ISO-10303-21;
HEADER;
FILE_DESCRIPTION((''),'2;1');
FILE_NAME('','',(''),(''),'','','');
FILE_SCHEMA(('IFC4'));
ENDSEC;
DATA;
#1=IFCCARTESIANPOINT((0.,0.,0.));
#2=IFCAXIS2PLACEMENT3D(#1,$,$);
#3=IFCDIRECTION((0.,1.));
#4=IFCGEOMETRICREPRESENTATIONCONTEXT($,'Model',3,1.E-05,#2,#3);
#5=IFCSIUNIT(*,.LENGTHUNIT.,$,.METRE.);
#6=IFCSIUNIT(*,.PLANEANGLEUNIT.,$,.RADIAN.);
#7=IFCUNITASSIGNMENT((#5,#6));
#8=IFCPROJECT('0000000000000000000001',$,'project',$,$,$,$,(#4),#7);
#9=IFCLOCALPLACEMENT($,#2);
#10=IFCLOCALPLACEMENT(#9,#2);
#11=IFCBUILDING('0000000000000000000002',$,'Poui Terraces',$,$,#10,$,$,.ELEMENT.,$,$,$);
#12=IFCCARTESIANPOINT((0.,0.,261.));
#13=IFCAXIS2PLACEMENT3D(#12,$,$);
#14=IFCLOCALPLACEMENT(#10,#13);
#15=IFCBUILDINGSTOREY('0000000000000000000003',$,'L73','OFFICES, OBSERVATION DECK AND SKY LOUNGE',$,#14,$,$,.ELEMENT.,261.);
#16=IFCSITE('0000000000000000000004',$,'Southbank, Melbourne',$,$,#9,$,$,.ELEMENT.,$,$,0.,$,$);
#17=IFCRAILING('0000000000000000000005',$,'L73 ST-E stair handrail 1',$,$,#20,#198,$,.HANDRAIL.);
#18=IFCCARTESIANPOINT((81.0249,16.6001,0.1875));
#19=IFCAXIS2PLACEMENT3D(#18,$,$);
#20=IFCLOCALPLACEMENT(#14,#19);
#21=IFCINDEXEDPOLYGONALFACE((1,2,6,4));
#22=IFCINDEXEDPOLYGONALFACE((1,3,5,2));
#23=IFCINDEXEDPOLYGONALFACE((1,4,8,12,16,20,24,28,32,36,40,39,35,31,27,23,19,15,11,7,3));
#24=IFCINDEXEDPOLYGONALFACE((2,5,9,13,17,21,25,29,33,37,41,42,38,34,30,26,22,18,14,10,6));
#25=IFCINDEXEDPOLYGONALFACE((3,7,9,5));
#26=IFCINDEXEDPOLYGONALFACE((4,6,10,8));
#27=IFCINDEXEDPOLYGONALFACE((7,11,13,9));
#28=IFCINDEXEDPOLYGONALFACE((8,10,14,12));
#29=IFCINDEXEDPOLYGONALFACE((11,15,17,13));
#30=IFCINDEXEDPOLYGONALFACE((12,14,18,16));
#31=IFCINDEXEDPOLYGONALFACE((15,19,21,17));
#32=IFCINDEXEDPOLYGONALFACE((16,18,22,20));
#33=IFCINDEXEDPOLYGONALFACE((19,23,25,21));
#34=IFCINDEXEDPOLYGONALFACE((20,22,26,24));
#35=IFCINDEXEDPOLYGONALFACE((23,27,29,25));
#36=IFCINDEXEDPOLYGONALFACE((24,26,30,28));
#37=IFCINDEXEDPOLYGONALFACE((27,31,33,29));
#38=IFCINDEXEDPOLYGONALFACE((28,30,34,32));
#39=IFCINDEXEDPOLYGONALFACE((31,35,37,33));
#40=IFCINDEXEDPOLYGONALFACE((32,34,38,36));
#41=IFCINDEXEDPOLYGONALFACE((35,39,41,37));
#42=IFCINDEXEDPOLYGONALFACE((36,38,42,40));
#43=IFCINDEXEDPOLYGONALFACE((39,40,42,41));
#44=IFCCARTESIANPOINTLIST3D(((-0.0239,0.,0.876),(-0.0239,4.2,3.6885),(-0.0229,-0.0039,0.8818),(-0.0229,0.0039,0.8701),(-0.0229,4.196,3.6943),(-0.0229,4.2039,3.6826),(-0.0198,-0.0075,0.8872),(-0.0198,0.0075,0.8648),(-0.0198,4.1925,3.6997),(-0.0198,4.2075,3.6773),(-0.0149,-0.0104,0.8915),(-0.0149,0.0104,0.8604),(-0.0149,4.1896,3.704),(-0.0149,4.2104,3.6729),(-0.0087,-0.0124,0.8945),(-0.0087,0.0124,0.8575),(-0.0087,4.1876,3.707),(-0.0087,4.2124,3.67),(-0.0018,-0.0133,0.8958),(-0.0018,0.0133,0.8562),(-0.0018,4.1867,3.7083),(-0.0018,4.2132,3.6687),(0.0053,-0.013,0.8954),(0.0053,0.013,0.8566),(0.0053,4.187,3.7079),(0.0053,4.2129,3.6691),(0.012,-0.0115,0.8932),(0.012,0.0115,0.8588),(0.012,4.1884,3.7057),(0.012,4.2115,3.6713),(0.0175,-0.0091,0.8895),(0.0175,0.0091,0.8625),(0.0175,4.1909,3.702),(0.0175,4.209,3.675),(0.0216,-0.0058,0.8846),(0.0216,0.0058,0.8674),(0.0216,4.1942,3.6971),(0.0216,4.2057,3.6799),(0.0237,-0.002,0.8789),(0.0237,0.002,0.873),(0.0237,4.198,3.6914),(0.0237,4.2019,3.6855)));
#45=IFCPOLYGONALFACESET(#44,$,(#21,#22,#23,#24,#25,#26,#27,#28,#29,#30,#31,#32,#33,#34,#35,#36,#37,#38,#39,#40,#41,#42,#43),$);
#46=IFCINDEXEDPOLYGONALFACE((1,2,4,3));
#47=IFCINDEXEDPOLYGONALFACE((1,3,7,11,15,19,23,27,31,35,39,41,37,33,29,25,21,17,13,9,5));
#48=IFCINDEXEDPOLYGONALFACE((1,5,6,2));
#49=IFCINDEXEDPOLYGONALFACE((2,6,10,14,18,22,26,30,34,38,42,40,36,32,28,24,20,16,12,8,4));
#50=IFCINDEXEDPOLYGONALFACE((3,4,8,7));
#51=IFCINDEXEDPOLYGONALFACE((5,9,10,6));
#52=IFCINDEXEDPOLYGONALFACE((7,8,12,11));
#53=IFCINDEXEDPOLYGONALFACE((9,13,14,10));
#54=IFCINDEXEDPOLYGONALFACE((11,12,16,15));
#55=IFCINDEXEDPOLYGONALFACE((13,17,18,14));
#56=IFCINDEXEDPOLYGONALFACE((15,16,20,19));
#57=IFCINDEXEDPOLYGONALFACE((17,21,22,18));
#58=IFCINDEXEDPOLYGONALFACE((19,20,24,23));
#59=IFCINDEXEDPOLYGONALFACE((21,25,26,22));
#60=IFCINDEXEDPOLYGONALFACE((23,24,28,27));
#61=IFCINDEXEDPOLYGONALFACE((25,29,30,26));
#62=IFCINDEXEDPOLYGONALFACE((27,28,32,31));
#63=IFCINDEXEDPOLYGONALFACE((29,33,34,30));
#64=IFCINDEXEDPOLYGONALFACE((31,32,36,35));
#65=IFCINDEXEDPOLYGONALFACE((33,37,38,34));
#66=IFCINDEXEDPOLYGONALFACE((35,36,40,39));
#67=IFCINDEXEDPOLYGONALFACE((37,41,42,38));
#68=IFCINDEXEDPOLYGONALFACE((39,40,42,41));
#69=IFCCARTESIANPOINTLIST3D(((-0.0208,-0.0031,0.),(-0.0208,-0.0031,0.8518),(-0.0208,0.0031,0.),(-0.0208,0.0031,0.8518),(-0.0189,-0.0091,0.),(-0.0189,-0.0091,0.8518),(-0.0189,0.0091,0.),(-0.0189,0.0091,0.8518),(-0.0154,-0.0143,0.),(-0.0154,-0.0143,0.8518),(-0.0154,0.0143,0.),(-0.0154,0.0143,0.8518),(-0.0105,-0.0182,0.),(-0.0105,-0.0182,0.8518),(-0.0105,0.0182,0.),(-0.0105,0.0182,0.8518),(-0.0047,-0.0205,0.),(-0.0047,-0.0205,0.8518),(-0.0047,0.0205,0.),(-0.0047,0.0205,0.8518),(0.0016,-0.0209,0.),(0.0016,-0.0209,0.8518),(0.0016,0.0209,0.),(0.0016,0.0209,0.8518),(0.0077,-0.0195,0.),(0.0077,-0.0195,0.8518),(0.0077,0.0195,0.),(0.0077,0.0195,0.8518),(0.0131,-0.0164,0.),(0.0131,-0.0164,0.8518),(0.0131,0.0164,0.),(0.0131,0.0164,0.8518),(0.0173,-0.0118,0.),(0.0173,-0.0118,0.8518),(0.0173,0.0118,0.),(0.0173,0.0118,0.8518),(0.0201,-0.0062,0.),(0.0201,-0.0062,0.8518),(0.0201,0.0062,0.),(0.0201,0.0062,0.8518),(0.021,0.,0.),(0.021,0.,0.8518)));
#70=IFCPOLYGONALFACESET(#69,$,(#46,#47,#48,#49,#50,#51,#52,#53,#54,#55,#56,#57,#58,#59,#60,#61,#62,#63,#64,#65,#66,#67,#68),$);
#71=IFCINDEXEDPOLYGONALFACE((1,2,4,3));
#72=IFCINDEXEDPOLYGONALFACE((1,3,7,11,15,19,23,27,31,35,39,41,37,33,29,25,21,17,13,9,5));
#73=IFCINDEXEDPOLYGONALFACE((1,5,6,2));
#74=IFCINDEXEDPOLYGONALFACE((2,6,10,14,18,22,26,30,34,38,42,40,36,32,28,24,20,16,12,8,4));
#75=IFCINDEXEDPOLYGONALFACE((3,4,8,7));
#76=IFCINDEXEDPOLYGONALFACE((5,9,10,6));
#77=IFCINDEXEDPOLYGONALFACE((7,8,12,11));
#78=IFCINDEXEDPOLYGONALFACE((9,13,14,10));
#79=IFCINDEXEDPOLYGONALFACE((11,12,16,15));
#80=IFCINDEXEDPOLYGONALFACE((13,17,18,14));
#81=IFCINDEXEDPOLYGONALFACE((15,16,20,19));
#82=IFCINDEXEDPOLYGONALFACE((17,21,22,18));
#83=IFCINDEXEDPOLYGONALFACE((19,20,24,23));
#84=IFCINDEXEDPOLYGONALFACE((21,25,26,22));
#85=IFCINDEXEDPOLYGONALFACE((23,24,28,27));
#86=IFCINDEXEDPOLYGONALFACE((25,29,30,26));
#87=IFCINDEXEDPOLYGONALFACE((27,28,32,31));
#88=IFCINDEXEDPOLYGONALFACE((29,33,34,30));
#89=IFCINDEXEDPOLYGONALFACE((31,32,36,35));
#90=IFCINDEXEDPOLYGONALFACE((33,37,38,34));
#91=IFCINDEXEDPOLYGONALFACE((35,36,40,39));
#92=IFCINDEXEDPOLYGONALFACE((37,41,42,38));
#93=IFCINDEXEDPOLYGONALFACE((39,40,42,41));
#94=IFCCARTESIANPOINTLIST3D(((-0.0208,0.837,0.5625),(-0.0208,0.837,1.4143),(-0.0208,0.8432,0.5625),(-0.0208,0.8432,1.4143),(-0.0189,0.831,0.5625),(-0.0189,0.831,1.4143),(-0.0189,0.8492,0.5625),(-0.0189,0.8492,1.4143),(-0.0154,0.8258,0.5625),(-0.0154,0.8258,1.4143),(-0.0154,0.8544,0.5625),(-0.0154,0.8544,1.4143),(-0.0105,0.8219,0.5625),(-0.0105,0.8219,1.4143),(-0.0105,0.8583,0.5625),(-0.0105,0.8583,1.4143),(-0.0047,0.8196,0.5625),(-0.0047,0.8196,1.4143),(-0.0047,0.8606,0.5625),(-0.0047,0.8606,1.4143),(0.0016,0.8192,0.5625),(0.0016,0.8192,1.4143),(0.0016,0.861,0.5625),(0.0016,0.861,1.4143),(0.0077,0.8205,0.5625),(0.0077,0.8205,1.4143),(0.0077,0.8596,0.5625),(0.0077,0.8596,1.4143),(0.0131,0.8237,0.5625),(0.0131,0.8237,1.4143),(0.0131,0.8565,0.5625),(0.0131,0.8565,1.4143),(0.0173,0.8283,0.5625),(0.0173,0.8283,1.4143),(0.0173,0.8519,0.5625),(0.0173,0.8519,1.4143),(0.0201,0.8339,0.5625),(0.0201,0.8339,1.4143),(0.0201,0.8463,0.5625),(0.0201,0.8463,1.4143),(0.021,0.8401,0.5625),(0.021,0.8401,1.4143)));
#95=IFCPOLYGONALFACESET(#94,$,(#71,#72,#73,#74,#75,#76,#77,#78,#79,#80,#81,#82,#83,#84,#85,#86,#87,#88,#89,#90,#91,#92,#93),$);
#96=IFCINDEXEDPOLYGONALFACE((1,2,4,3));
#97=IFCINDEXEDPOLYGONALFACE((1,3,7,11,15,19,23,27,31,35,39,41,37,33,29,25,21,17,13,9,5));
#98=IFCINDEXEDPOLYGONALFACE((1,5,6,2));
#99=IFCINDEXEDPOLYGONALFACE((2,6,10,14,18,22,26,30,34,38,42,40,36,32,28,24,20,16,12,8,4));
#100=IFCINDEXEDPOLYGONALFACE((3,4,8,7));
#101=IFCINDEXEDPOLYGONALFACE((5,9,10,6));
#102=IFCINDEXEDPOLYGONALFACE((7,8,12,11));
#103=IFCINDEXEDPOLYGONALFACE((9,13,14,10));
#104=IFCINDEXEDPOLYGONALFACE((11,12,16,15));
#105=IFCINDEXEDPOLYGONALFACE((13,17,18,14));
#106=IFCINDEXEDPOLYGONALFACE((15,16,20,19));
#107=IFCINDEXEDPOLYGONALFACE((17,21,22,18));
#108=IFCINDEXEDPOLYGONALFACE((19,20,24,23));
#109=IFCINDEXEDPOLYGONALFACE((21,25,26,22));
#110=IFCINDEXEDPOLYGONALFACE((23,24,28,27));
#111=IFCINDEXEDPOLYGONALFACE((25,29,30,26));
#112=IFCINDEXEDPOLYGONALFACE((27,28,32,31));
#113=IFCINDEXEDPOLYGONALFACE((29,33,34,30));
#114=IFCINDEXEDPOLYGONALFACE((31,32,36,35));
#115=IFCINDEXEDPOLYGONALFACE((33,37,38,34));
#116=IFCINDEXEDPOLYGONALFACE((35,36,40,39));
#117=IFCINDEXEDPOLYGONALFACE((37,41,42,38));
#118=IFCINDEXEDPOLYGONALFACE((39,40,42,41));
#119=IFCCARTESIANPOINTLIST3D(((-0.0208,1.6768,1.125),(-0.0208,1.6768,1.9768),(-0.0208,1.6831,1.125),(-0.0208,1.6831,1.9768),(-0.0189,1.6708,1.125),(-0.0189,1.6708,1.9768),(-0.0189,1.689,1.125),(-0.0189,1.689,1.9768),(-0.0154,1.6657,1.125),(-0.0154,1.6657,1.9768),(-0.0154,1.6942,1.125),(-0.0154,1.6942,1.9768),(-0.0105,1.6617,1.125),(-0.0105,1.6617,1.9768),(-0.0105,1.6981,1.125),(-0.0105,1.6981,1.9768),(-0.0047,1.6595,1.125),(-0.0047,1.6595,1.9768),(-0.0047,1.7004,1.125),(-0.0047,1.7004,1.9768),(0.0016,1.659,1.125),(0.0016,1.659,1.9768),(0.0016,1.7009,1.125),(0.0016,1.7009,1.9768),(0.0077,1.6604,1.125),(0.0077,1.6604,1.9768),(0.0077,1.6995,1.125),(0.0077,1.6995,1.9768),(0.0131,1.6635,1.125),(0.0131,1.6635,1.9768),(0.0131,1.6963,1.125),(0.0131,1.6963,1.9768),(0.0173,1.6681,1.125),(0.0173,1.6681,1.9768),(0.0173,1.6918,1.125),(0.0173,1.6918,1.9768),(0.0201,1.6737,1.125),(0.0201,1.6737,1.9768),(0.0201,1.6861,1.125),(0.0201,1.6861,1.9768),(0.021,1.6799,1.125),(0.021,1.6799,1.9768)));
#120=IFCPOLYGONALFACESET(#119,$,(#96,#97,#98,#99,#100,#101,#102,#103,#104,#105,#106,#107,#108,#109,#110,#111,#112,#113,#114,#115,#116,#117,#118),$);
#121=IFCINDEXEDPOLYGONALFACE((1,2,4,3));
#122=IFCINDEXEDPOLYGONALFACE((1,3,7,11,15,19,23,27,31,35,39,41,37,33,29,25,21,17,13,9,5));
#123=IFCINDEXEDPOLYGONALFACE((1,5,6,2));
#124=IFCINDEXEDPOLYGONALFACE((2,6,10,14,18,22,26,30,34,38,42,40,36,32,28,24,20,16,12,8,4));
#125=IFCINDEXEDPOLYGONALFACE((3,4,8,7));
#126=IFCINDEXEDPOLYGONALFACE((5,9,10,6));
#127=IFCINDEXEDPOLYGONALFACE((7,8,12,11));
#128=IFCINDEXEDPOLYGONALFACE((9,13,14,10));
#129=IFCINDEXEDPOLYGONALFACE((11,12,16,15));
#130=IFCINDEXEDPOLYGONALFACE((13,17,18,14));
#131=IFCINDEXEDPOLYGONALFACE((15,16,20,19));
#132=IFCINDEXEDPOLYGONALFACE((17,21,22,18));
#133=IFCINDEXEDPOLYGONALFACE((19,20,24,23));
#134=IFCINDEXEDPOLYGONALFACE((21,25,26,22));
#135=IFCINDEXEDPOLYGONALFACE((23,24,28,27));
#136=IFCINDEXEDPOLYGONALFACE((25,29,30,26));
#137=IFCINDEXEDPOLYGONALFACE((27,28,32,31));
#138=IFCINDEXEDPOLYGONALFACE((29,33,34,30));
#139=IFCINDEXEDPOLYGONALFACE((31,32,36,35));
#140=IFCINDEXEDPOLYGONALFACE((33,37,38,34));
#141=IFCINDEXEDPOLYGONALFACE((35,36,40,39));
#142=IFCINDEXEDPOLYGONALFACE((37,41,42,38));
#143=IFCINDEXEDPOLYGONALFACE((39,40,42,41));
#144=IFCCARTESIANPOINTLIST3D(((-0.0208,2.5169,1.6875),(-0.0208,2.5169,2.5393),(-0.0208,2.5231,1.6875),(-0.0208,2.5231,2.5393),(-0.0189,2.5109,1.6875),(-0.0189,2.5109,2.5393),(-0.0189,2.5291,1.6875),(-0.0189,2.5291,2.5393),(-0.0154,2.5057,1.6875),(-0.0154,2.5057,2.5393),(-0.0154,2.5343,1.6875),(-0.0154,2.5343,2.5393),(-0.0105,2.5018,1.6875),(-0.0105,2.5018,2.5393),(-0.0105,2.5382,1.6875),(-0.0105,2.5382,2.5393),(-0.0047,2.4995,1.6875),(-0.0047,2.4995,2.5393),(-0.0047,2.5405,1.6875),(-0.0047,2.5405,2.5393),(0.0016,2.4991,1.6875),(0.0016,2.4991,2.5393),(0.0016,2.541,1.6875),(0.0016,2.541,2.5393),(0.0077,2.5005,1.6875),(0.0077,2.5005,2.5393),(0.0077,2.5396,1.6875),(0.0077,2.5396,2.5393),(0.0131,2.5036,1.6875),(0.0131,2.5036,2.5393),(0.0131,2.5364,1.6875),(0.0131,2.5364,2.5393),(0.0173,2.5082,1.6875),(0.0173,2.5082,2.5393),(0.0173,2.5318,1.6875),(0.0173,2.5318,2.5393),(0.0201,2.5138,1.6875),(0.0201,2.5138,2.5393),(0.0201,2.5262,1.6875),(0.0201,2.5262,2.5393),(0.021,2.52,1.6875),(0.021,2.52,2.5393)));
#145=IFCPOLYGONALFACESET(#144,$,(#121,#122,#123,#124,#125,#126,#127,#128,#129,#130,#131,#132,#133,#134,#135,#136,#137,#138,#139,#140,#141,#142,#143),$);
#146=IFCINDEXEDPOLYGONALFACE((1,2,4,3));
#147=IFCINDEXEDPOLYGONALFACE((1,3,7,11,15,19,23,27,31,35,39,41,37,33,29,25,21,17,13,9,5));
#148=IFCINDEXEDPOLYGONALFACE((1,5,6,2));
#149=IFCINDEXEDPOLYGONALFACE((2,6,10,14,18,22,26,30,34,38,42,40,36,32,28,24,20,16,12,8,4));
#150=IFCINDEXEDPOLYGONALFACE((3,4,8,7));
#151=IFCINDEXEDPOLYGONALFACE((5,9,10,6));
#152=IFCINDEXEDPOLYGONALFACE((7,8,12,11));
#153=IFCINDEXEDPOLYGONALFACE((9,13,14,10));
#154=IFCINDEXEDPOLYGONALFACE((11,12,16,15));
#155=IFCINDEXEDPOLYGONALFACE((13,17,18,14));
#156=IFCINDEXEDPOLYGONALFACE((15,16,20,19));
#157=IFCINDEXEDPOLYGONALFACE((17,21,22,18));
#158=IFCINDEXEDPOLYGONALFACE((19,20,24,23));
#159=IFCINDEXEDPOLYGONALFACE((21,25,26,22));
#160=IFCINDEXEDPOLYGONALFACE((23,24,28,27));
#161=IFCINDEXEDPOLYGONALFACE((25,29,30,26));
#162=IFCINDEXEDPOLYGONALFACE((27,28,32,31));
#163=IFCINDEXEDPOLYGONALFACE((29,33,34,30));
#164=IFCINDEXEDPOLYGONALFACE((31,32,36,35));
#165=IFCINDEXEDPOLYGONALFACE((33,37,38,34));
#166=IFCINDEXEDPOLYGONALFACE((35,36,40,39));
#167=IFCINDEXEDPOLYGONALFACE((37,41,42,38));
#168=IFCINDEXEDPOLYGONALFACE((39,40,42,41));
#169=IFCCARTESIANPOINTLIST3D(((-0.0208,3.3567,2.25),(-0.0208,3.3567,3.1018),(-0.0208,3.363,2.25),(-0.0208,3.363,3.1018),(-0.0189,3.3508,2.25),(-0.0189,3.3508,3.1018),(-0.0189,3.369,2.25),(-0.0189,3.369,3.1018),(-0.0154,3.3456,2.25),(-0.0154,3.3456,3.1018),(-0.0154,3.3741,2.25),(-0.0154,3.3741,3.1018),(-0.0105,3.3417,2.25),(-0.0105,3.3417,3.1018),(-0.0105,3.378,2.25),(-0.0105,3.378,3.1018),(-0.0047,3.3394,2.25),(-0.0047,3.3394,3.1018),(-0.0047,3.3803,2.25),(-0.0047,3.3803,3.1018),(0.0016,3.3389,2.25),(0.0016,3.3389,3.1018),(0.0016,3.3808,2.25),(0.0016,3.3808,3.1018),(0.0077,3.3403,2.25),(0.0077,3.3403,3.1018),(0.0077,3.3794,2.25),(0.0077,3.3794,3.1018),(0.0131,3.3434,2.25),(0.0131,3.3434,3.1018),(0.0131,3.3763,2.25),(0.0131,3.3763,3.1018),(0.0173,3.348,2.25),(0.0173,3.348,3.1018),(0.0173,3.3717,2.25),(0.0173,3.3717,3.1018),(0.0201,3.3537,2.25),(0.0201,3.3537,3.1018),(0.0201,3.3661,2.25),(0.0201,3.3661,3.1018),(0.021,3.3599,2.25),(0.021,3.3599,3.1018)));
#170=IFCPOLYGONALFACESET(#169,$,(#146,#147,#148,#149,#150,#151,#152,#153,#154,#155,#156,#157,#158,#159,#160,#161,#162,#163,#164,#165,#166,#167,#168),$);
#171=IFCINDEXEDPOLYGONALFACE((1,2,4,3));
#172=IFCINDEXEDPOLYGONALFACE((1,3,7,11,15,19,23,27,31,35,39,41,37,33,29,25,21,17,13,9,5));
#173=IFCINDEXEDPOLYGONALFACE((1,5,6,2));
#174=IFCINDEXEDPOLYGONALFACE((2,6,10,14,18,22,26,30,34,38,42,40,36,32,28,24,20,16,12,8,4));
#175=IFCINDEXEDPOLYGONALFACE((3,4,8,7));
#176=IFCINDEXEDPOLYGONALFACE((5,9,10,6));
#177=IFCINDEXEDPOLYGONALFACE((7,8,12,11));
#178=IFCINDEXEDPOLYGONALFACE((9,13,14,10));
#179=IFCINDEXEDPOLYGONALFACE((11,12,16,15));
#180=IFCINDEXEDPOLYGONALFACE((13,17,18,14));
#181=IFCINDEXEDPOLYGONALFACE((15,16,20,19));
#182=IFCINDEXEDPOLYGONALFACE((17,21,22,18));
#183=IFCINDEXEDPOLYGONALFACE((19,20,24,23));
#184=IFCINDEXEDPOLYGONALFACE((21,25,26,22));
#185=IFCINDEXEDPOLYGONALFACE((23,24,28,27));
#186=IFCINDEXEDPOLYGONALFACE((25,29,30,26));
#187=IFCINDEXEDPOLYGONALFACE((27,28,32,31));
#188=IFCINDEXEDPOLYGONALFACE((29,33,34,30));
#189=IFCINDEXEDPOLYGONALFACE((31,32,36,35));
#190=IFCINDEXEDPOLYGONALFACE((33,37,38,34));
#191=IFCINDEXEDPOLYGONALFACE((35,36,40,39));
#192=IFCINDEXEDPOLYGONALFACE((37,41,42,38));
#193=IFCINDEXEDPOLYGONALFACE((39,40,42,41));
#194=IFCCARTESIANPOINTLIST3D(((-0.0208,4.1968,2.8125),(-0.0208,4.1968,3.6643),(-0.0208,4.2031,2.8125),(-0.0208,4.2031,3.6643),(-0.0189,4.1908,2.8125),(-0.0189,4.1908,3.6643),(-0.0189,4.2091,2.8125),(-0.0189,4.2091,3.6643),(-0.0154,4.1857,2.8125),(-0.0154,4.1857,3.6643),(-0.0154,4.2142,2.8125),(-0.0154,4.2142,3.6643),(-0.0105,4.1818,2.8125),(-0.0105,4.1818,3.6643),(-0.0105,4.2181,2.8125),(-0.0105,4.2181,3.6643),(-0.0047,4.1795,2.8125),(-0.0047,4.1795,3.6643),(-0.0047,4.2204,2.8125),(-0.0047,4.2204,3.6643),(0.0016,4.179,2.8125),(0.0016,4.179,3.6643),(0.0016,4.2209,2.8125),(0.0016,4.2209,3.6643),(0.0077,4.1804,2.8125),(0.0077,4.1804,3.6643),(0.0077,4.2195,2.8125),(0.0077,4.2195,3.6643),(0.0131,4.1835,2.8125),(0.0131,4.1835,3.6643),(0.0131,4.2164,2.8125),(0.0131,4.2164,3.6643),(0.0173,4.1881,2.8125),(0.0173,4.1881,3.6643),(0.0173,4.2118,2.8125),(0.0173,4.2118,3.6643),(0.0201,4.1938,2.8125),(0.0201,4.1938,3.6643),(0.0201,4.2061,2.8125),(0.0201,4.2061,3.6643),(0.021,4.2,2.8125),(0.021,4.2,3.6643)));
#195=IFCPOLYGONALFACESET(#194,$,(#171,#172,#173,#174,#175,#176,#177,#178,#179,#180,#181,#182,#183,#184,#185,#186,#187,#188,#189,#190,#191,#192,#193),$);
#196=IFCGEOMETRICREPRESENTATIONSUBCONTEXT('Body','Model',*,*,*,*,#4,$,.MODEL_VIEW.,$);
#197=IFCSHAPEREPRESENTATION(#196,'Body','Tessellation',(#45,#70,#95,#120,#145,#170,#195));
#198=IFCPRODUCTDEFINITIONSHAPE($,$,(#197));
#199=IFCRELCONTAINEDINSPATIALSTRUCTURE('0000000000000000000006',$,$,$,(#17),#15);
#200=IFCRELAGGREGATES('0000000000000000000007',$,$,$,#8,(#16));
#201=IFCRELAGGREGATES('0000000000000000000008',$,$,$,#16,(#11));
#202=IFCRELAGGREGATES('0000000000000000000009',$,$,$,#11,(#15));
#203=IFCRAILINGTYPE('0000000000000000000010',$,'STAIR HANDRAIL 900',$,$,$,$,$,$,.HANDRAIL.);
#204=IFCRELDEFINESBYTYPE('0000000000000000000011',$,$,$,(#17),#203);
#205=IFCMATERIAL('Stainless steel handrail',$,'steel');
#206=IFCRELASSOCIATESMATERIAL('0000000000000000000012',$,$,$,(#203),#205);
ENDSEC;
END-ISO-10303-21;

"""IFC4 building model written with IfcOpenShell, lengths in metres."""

from ifc_helpers import new_model, si_unit, direction, frame, origin, origin_2d, place, context, subcontext, project, spatial, circle, extrude, material, type_object, element, save


model = new_model("IFC4")

# Units and contexts
model_context = context("Model", 3, precision=1e-05, world=origin(), true_north=direction((0.0, 1.0)))
body_context = subcontext(model_context, "Body", "Model", "MODEL_VIEW")
ifc_project = project(units=[si_unit("LENGTHUNIT", "METRE"), si_unit("PLANEANGLEUNIT", "RADIAN")], contexts=[model_context])

# Site, building, storey
site_placement = place(None, origin())
site = spatial("IfcSite", under=ifc_project, at=site_placement, Name="Southbank, Melbourne", CompositionType="ELEMENT", RefElevation=0.0)
building_placement = place(site_placement, origin())
building = spatial("IfcBuilding", under=site, at=building_placement, Name="Poui Terraces", CompositionType="ELEMENT")
storey_placement = place(building_placement, frame((0.0, 0.0, 261.0)))
storey = spatial("IfcBuildingStorey", under=building, at=storey_placement, Name="L73", Description="OFFICES, OBSERVATION DECK AND SKY LOUNGE", CompositionType="ELEMENT", Elevation=261.0)

# Railing
ifc_material_1 = material(Name="Stainless steel handrail", Category="steel")
railing_type_1 = type_object("IfcRailingType", Name="STAIR HANDRAIL 900", PredefinedType="HANDRAIL", material=ifc_material_1)
for number, where, name in (
    (1, (81.0249, 16.6001, 0.1875), "L73 ST-E stair handrail 1"),
):
    element("IfcRailing", number, at=place(storey_placement, frame(where)), inside=storey, type_object=railing_type_1, Name=name, PredefinedType="HANDRAIL", context=body_context, shape_type="SweptSolid", body=[
        extrude(circle(Radius=0.0239, at=origin_2d()), frame((0.0, 0.0, 0.876), z_axis=(0.0, 0.830904, 0.556416), x_axis=(-1.0, 0.0, 0.0)), (0.0, 0.0, 1.0), 5.0547),
        extrude(circle(Radius=0.021, at=origin_2d()), origin(), (0.0, 0.0, 1.0), 0.8518),
        extrude(circle(Radius=0.021, at=origin_2d()), frame((0.0, 0.8401, 0.5625)), (0.0, 0.0, 1.0), 0.8518),
        extrude(circle(Radius=0.021, at=origin_2d()), frame((0.0, 1.6799, 1.125)), (0.0, 0.0, 1.0), 0.8518),
        extrude(circle(Radius=0.021, at=origin_2d()), frame((0.0, 2.52, 1.6875)), (0.0, 0.0, 1.0), 0.8518),
        extrude(circle(Radius=0.021, at=origin_2d()), frame((0.0, 3.3599, 2.25)), (0.0, 0.0, 1.0), 0.8518),
        extrude(circle(Radius=0.021, at=origin_2d()), frame((0.0, 4.2, 2.8125)), (0.0, 0.0, 1.0), 0.8518),
    ])

save(model, "model.ifc")
